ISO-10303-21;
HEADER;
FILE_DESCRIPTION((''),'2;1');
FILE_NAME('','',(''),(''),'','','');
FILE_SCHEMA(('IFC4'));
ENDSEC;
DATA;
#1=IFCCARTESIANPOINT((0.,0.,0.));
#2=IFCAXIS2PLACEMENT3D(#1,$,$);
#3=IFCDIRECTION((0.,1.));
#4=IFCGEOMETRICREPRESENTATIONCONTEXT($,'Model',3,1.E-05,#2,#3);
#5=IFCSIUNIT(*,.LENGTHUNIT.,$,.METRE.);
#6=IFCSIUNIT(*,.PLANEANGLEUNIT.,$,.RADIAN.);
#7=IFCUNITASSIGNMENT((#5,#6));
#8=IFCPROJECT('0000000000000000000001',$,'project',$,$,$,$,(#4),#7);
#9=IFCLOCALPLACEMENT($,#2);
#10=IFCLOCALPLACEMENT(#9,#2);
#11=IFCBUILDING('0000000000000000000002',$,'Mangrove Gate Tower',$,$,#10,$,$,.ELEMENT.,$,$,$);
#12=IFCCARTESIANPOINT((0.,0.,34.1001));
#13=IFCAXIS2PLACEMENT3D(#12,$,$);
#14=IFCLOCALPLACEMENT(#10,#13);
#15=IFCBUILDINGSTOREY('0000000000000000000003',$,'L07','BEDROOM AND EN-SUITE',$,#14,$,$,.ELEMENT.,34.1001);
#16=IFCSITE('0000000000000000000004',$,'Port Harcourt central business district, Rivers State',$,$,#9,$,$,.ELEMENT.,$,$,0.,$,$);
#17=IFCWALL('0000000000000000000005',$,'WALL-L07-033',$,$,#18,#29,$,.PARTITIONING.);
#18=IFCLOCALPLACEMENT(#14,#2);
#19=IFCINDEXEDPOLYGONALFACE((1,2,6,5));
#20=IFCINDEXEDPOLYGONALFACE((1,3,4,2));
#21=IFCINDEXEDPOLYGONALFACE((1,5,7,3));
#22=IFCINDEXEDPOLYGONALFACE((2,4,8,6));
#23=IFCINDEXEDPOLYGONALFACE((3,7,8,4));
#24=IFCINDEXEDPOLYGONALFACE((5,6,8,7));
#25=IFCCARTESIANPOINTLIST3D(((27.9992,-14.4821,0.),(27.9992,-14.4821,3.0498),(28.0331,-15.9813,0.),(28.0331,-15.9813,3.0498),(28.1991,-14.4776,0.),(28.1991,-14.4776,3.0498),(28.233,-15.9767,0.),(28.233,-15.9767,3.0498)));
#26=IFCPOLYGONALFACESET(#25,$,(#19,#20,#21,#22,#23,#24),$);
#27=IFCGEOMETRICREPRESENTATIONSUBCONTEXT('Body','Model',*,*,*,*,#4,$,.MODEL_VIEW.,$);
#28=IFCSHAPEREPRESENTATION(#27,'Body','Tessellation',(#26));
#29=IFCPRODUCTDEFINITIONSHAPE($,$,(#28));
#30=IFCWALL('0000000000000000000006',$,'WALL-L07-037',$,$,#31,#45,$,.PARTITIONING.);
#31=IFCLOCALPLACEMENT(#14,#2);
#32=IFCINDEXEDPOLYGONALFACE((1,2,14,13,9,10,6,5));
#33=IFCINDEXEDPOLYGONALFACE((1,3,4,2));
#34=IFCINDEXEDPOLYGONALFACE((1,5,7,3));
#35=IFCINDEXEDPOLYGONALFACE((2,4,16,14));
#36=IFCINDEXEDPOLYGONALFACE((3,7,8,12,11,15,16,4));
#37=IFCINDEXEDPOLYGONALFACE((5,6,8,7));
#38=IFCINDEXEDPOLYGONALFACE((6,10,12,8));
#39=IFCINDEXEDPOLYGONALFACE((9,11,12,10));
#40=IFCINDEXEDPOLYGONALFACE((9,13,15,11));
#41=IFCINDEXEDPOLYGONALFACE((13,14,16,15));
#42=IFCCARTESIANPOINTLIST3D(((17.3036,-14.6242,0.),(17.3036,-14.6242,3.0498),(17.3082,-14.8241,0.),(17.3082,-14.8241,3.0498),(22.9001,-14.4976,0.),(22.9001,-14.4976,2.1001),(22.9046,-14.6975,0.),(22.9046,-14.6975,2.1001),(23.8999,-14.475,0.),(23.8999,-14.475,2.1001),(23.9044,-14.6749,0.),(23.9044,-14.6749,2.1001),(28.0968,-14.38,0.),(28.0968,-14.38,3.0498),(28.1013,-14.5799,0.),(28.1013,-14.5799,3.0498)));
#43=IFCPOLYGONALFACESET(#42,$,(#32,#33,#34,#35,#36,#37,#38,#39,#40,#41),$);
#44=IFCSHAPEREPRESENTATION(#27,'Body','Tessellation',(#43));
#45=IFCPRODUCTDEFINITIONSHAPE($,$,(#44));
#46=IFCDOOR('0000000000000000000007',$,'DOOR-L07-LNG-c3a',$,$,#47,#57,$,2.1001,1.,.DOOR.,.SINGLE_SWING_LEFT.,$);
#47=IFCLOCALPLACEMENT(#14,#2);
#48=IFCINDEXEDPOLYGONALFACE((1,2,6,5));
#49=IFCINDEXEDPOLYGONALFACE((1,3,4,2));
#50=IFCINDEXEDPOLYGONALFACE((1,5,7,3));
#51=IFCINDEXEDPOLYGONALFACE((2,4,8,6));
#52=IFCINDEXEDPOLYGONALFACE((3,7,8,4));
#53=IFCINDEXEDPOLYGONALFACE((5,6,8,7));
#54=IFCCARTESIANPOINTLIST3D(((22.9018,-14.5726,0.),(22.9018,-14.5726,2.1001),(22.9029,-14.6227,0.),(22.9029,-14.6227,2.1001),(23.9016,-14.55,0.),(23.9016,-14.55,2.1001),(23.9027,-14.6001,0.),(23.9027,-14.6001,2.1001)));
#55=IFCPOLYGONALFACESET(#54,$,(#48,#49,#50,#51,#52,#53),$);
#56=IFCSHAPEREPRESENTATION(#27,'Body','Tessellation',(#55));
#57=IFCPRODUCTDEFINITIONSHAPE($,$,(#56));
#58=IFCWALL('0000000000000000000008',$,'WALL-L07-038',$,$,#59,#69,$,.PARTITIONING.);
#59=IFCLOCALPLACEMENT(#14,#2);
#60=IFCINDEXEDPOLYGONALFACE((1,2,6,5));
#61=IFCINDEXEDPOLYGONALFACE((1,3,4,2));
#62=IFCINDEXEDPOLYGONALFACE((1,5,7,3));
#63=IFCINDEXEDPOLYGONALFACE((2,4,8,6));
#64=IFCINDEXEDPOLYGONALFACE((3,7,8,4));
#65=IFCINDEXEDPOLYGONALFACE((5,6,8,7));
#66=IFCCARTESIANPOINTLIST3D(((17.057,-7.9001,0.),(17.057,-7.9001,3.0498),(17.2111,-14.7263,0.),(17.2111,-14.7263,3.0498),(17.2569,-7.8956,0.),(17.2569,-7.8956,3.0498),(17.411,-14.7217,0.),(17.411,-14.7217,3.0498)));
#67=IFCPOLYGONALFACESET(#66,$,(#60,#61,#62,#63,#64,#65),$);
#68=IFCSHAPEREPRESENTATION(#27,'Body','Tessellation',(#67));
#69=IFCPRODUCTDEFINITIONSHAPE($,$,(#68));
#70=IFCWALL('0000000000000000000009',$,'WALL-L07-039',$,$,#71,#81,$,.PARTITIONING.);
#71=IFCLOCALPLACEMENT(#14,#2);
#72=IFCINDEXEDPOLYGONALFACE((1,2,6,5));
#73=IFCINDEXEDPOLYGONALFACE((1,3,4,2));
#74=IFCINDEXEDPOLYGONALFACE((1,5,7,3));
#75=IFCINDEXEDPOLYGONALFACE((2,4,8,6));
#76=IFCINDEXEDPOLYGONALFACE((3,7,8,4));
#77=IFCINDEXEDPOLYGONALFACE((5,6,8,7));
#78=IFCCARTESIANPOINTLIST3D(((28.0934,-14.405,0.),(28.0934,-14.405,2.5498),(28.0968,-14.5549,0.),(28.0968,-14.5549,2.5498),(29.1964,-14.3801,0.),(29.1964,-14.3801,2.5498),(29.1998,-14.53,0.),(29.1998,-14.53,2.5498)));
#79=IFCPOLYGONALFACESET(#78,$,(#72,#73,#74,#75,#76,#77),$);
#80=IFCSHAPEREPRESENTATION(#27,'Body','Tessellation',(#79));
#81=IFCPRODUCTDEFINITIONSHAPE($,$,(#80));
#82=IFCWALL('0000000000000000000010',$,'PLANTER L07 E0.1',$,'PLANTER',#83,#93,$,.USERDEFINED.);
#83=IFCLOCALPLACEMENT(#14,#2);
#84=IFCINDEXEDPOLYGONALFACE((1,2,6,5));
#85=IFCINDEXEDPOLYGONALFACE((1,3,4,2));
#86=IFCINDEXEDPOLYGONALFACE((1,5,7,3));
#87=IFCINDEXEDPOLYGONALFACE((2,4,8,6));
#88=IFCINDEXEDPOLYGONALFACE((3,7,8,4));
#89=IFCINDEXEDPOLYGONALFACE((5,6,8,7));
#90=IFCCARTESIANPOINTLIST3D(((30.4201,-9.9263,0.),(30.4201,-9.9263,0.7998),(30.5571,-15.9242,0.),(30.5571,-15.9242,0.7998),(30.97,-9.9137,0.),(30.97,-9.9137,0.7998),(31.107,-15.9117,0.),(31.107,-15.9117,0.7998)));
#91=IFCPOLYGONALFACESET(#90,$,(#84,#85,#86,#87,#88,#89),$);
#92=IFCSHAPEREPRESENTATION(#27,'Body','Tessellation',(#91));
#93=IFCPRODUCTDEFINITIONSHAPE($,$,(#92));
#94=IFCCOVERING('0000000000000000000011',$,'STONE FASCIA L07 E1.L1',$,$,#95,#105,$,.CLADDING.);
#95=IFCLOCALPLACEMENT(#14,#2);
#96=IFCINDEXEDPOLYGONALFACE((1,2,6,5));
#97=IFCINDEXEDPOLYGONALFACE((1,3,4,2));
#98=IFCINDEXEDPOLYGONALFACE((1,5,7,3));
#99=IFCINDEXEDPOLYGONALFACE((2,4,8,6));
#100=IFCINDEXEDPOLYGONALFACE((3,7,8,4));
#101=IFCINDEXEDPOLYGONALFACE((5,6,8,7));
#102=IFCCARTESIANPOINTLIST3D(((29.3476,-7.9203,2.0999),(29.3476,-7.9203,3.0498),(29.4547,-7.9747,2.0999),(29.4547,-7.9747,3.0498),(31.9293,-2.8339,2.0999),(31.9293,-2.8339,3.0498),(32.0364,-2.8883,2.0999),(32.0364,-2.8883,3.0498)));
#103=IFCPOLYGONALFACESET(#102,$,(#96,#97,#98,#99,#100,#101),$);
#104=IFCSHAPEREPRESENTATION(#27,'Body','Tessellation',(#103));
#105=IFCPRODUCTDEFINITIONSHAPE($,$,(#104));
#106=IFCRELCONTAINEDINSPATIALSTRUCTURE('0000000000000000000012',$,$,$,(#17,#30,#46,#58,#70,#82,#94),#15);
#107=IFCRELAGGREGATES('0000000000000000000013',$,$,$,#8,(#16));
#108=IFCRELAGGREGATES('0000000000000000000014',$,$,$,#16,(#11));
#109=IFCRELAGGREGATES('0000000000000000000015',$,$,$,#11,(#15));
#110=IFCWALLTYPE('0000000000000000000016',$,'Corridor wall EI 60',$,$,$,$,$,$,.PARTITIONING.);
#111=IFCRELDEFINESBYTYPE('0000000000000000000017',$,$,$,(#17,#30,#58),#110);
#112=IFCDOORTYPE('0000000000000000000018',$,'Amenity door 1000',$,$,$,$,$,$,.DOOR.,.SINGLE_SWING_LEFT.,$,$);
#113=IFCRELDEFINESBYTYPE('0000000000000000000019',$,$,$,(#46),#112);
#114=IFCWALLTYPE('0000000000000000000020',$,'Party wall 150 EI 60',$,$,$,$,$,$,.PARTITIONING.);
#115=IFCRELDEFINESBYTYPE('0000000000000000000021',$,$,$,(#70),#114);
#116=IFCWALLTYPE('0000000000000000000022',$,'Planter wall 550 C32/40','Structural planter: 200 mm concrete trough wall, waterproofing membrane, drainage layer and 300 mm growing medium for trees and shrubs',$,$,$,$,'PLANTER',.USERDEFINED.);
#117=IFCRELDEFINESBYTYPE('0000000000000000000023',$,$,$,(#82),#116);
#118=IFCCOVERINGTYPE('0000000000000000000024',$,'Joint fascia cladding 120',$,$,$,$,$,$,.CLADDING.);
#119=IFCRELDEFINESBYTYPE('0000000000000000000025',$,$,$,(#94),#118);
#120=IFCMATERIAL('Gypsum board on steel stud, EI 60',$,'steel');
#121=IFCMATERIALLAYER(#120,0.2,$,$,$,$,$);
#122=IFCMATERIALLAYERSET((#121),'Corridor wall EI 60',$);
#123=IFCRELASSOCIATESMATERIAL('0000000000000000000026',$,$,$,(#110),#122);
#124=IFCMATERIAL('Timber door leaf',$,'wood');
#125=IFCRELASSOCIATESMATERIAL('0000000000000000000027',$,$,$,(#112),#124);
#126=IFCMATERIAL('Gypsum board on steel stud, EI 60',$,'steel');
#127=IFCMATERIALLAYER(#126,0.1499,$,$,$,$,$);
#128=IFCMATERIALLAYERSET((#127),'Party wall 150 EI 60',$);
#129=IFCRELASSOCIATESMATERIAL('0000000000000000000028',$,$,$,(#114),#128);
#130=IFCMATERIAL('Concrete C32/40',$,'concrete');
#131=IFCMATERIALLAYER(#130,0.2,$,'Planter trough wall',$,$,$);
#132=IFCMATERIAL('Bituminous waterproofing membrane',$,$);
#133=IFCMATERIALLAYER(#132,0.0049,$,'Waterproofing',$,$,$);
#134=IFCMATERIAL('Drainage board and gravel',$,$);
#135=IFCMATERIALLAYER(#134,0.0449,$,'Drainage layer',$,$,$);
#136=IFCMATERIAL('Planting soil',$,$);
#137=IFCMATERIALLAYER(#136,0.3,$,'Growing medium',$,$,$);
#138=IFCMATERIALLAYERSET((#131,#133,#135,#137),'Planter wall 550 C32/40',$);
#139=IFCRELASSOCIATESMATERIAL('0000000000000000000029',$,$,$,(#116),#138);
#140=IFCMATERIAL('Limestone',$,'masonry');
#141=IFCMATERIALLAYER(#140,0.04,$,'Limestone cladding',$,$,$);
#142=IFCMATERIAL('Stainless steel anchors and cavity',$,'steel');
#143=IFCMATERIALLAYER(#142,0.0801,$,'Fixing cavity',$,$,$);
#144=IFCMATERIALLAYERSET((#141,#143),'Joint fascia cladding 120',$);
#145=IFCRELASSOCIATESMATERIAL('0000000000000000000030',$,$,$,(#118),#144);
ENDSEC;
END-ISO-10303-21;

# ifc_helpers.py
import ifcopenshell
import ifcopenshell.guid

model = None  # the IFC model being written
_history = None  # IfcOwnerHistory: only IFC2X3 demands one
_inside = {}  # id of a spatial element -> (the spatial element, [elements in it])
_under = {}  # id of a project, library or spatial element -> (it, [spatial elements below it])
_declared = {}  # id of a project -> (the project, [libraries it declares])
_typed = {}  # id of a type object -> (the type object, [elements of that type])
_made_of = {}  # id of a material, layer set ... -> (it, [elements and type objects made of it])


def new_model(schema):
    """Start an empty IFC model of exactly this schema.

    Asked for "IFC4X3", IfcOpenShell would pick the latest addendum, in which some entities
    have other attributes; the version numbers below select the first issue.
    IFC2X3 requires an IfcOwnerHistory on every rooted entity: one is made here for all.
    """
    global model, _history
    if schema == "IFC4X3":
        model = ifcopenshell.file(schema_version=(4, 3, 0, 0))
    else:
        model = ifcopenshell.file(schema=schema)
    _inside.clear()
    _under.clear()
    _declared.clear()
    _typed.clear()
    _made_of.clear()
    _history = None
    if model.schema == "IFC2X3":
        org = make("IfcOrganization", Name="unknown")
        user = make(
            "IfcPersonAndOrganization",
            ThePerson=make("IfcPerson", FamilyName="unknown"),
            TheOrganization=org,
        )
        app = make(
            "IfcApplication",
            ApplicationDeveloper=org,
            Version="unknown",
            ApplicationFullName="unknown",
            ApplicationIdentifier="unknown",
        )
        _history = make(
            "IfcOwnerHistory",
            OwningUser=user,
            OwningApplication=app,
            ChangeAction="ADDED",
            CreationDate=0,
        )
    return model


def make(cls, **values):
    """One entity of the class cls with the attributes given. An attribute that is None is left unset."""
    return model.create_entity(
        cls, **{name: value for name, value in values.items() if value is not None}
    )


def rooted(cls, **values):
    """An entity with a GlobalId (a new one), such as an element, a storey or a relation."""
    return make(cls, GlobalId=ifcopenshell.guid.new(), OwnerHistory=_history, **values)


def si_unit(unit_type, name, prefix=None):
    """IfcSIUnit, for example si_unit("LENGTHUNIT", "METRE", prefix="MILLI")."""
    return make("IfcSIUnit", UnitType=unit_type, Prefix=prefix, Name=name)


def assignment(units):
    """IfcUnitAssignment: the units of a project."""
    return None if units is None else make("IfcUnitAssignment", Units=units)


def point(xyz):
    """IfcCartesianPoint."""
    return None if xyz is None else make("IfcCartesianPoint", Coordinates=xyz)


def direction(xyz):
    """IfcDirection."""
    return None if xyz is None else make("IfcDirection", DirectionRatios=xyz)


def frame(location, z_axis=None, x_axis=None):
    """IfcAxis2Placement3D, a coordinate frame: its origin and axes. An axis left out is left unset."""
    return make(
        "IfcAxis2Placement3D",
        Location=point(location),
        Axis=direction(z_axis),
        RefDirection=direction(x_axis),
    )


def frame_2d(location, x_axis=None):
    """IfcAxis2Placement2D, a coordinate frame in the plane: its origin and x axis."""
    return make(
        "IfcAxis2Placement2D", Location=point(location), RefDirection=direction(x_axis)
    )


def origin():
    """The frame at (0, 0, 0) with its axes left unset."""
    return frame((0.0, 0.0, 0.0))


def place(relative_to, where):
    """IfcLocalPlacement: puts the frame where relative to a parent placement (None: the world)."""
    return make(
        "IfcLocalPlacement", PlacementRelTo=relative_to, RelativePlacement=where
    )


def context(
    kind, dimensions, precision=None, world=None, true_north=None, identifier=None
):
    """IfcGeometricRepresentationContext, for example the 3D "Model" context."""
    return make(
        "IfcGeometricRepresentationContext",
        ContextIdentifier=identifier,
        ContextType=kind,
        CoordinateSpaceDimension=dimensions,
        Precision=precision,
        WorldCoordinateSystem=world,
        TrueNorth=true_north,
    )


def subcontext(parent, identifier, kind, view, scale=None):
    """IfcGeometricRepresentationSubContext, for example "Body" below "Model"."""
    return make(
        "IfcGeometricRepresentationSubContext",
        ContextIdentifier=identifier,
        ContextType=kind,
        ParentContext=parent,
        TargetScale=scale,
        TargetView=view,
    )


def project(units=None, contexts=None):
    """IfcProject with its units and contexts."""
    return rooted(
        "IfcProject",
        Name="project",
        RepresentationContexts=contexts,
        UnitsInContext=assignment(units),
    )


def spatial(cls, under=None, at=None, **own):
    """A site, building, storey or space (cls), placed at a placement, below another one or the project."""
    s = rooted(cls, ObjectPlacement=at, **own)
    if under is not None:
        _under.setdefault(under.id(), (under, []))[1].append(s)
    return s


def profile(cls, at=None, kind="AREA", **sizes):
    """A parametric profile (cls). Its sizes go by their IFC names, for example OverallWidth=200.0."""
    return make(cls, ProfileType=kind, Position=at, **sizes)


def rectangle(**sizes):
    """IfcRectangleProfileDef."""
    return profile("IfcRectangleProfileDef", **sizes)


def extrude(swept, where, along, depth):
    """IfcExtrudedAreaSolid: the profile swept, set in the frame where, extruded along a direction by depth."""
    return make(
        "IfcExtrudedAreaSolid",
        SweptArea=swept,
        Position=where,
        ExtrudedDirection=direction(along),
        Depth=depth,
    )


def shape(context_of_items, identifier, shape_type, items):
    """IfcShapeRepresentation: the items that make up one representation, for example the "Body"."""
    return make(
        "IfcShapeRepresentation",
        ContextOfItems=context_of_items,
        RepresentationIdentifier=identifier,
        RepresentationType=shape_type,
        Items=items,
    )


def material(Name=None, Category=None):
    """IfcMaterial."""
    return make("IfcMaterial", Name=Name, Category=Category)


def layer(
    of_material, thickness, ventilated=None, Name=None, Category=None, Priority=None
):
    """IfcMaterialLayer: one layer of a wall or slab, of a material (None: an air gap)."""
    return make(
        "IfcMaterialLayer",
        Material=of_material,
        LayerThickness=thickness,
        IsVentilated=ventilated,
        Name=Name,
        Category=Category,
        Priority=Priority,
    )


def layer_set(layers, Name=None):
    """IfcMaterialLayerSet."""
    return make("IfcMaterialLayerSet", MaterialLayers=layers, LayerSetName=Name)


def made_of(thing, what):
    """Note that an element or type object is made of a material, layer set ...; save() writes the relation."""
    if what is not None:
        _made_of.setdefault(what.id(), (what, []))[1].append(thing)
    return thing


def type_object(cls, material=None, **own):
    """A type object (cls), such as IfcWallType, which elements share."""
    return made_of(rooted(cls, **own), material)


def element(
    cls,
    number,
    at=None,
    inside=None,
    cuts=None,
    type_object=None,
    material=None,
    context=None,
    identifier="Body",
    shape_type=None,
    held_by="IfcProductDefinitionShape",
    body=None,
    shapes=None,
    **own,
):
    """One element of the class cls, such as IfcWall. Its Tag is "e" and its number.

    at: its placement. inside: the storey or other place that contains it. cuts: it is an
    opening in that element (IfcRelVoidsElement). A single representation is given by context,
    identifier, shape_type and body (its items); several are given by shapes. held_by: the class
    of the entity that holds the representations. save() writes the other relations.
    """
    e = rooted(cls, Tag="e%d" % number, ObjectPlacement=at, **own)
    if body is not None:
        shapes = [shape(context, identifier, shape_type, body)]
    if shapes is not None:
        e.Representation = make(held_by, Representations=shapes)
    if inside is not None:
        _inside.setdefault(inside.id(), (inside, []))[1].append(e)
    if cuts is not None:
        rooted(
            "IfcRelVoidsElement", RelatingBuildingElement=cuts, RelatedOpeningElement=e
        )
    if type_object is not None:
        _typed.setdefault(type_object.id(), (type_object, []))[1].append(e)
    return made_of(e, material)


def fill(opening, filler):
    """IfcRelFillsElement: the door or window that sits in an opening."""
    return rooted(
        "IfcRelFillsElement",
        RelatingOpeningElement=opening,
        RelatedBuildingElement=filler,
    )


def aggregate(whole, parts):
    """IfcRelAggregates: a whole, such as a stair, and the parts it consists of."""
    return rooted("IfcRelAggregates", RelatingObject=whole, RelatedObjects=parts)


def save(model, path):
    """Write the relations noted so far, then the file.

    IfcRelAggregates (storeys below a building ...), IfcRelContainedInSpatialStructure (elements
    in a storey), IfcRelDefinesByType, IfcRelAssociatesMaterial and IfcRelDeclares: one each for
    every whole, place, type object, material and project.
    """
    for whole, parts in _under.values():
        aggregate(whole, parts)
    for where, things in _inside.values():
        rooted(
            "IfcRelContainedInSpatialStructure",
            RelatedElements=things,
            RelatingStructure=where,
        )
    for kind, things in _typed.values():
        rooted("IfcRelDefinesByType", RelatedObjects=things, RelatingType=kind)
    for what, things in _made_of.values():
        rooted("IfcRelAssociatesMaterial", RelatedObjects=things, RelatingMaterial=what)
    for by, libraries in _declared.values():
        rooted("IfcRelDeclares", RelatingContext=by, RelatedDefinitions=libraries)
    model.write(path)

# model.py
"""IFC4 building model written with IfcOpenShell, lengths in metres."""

from ifc_helpers import new_model, si_unit, direction, frame, frame_2d, origin, place, context, subcontext, project, spatial, rectangle, extrude, material, layer, layer_set, type_object, element, fill, save


model = new_model("IFC4")

# Units and contexts
model_context = context("Model", 3, precision=1e-05, world=origin(), true_north=direction((0.0, 1.0)))
body_context = subcontext(model_context, "Body", "Model", "MODEL_VIEW")
ifc_project = project(units=[si_unit("LENGTHUNIT", "METRE"), si_unit("PLANEANGLEUNIT", "RADIAN")], contexts=[model_context])

# Site, building, storey
site_placement = place(None, origin())
site = spatial("IfcSite", under=ifc_project, at=site_placement, Name="Port Harcourt central business district, Rivers State", CompositionType="ELEMENT", RefElevation=0.0)
building_placement = place(site_placement, origin())
building = spatial("IfcBuilding", under=site, at=building_placement, Name="Mangrove Gate Tower", CompositionType="ELEMENT")
storey_placement = place(building_placement, frame((0.0, 0.0, 34.1001)))
storey = spatial("IfcBuildingStorey", under=building, at=storey_placement, Name="L07", Description="BEDROOM AND EN-SUITE", CompositionType="ELEMENT", Elevation=34.1001)

# Wall
ifc_material_1 = material(Name="Gypsum board on steel stud, EI 60", Category="steel")
ifc_layer_1 = layer(ifc_material_1, 0.2)
ifc_layer_set_1 = layer_set([ifc_layer_1], Name="Corridor wall EI 60")
wall_type_1 = type_object("IfcWallType", Name="Corridor wall EI 60", PredefinedType="PARTITIONING", material=ifc_layer_set_1)
wall_1_placement = place(storey_placement, frame((28.1331, -15.979, 0.0), z_axis=(0.0, 0.0, 1.0), x_axis=(-0.022633, 0.999744, 0.0)))
element("IfcWall", 1, at=wall_1_placement, inside=storey, type_object=wall_type_1, Name="WALL-L07-033", PredefinedType="PARTITIONING", context=body_context, shape_type="SweptSolid", body=[
    extrude(rectangle(XDim=1.4995, YDim=0.2, at=frame_2d((0.7498, 0.0))), origin(), (0.0, 0.0, 1.0), 3.0498),
])

# Wall, opening, door
wall_2_placement = place(storey_placement, frame((17.3059, -14.7241, 0.0), z_axis=(0.0, 0.0, 1.0), x_axis=(0.999744, 0.022614, 0.0)))
wall_2 = element("IfcWall", 2, at=wall_2_placement, inside=storey, type_object=wall_type_1, Name="WALL-L07-037", PredefinedType="PARTITIONING", context=body_context, shape_type="SweptSolid", body=[
    extrude(rectangle(XDim=10.7959, YDim=0.2, at=frame_2d((5.3979, 0.0))), origin(), (0.0, 0.0, 1.0), 3.0498),
])
opening_placement = place(wall_2_placement, frame((5.5979, 0.0, 0.0)))
opening = element("IfcOpeningElement", 3, at=opening_placement, cuts=wall_2, PredefinedType="OPENING", context=body_context, shape_type="SweptSolid", body=[
    extrude(rectangle(XDim=1.0, YDim=2.1001, at=frame_2d((0.5, 1.05))), frame((0.0, 0.1099, 0.0), z_axis=(0.0, -1.0, 0.0), x_axis=(1.0, 0.0, 0.0)), (0.0, 0.0, 1.0), 0.22),
])
ifc_material_2 = material(Name="Timber door leaf", Category="wood")
door_type = type_object("IfcDoorType", Name="Amenity door 1000", OperationType="SINGLE_SWING_LEFT", PredefinedType="DOOR", material=ifc_material_2)
door_placement = place(opening_placement, origin())
door = element("IfcDoor", 4, at=door_placement, inside=storey, type_object=door_type, Name="DOOR-L07-LNG-c3a", OperationType="SINGLE_SWING_LEFT", OverallHeight=2.1001, OverallWidth=1.0, PredefinedType="DOOR", context=body_context, shape_type="SweptSolid", body=[
    extrude(rectangle(XDim=1.0, YDim=2.1001, at=frame_2d((0.5, 1.05))), frame((0.0, 0.0249, 0.0), z_axis=(0.0, -1.0, 0.0), x_axis=(1.0, 0.0, 0.0)), (0.0, 0.0, 1.0), 0.05),
])
fill(opening, door)

# Walls
wall_3_placement = place(storey_placement, frame((17.311, -14.7241, 0.0), z_axis=(0.0, 0.0, 1.0), x_axis=(-0.022562, 0.999745, 0.0)))
element("IfcWall", 5, at=wall_3_placement, inside=storey, type_object=wall_type_1, Name="WALL-L07-038", PredefinedType="PARTITIONING", context=body_context, shape_type="SweptSolid", body=[
    extrude(rectangle(XDim=6.8279, YDim=0.2, at=frame_2d((3.4141, 0.0))), origin(), (0.0, 0.0, 1.0), 3.0498),
])
ifc_material_3 = material(Name="Gypsum board on steel stud, EI 60", Category="steel")
ifc_layer_2 = layer(ifc_material_3, 0.1499)
ifc_layer_set_2 = layer_set([ifc_layer_2], Name="Party wall 150 EI 60")
wall_type_2 = type_object("IfcWallType", Name="Party wall 150 EI 60", PredefinedType="PARTITIONING", material=ifc_layer_set_2)
wall_4_placement = place(storey_placement, frame((28.095, -14.48, 0.0), z_axis=(0.0, 0.0, 1.0), x_axis=(0.999745, 0.022571, 0.0)))
element("IfcWall", 6, at=wall_4_placement, inside=storey, type_object=wall_type_2, Name="WALL-L07-039", PredefinedType="PARTITIONING", context=body_context, shape_type="SweptSolid", body=[
    extrude(rectangle(XDim=1.1033, YDim=0.1499, at=frame_2d((0.5518, 0.0))), origin(), (0.0, 0.0, 1.0), 2.5498),
])
ifc_material_4 = material(Name="Concrete C32/40", Category="concrete")
ifc_layer_3 = layer(ifc_material_4, 0.2, Name="Planter trough wall")
ifc_material_5 = material(Name="Bituminous waterproofing membrane")
ifc_layer_4 = layer(ifc_material_5, 0.0049, Name="Waterproofing")
ifc_material_6 = material(Name="Drainage board and gravel")
ifc_layer_5 = layer(ifc_material_6, 0.0449, Name="Drainage layer")
ifc_material_7 = material(Name="Planting soil")
ifc_layer_6 = layer(ifc_material_7, 0.3, Name="Growing medium")
ifc_layer_set_3 = layer_set([ifc_layer_3, ifc_layer_4, ifc_layer_5, ifc_layer_6], Name="Planter wall 550 C32/40")
wall_type_3 = type_object("IfcWallType", Name="Planter wall 550 C32/40", Description="Structural planter: 200 mm concrete trough wall, waterproofing membrane, drainage layer and 300 mm growing medium for trees and shrubs", ElementType="PLANTER", PredefinedType="USERDEFINED", material=ifc_layer_set_3)
wall_5_placement = place(storey_placement, frame((30.832, -15.918, 0.0), z_axis=(0.0, 0.0, 1.0), x_axis=(-0.022829, 0.999739, 0.0)))
element("IfcWall", 7, at=wall_5_placement, inside=storey, type_object=wall_type_3, Name="PLANTER L07 E0.1", ObjectType="PLANTER", PredefinedType="USERDEFINED", context=body_context, shape_type="SweptSolid", body=[
    extrude(rectangle(XDim=5.9995, YDim=0.55, at=frame_2d((2.9998, 0.0))), origin(), (0.0, 0.0, 1.0), 0.7998),
])

# Covering
ifc_material_8 = material(Name="Limestone", Category="masonry")
ifc_layer_7 = layer(ifc_material_8, 0.04, Name="Limestone cladding")
ifc_material_9 = material(Name="Stainless steel anchors and cavity", Category="steel")
ifc_layer_8 = layer(ifc_material_9, 0.0801, Name="Fixing cavity")
ifc_layer_set_4 = layer_set([ifc_layer_7, ifc_layer_8], Name="Joint fascia cladding 120")
covering_type = type_object("IfcCoveringType", Name="Joint fascia cladding 120", PredefinedType="CLADDING", material=ifc_layer_set_4)
covering_placement = place(storey_placement, frame((29.4011, -7.9475, 2.0999), z_axis=(0.0, 0.0, 1.0), x_axis=(0.452615, 0.891706, 0.0)))
element("IfcCovering", 8, at=covering_placement, inside=storey, type_object=covering_type, Name="STONE FASCIA L07 E1.L1", PredefinedType="CLADDING", context=body_context, shape_type="SweptSolid", body=[
    extrude(rectangle(XDim=5.7041, YDim=0.1201, at=frame_2d((2.8521, 0.0))), origin(), (0.0, 0.0, 1.0), 0.95),
])

save(model, "model.ifc")
